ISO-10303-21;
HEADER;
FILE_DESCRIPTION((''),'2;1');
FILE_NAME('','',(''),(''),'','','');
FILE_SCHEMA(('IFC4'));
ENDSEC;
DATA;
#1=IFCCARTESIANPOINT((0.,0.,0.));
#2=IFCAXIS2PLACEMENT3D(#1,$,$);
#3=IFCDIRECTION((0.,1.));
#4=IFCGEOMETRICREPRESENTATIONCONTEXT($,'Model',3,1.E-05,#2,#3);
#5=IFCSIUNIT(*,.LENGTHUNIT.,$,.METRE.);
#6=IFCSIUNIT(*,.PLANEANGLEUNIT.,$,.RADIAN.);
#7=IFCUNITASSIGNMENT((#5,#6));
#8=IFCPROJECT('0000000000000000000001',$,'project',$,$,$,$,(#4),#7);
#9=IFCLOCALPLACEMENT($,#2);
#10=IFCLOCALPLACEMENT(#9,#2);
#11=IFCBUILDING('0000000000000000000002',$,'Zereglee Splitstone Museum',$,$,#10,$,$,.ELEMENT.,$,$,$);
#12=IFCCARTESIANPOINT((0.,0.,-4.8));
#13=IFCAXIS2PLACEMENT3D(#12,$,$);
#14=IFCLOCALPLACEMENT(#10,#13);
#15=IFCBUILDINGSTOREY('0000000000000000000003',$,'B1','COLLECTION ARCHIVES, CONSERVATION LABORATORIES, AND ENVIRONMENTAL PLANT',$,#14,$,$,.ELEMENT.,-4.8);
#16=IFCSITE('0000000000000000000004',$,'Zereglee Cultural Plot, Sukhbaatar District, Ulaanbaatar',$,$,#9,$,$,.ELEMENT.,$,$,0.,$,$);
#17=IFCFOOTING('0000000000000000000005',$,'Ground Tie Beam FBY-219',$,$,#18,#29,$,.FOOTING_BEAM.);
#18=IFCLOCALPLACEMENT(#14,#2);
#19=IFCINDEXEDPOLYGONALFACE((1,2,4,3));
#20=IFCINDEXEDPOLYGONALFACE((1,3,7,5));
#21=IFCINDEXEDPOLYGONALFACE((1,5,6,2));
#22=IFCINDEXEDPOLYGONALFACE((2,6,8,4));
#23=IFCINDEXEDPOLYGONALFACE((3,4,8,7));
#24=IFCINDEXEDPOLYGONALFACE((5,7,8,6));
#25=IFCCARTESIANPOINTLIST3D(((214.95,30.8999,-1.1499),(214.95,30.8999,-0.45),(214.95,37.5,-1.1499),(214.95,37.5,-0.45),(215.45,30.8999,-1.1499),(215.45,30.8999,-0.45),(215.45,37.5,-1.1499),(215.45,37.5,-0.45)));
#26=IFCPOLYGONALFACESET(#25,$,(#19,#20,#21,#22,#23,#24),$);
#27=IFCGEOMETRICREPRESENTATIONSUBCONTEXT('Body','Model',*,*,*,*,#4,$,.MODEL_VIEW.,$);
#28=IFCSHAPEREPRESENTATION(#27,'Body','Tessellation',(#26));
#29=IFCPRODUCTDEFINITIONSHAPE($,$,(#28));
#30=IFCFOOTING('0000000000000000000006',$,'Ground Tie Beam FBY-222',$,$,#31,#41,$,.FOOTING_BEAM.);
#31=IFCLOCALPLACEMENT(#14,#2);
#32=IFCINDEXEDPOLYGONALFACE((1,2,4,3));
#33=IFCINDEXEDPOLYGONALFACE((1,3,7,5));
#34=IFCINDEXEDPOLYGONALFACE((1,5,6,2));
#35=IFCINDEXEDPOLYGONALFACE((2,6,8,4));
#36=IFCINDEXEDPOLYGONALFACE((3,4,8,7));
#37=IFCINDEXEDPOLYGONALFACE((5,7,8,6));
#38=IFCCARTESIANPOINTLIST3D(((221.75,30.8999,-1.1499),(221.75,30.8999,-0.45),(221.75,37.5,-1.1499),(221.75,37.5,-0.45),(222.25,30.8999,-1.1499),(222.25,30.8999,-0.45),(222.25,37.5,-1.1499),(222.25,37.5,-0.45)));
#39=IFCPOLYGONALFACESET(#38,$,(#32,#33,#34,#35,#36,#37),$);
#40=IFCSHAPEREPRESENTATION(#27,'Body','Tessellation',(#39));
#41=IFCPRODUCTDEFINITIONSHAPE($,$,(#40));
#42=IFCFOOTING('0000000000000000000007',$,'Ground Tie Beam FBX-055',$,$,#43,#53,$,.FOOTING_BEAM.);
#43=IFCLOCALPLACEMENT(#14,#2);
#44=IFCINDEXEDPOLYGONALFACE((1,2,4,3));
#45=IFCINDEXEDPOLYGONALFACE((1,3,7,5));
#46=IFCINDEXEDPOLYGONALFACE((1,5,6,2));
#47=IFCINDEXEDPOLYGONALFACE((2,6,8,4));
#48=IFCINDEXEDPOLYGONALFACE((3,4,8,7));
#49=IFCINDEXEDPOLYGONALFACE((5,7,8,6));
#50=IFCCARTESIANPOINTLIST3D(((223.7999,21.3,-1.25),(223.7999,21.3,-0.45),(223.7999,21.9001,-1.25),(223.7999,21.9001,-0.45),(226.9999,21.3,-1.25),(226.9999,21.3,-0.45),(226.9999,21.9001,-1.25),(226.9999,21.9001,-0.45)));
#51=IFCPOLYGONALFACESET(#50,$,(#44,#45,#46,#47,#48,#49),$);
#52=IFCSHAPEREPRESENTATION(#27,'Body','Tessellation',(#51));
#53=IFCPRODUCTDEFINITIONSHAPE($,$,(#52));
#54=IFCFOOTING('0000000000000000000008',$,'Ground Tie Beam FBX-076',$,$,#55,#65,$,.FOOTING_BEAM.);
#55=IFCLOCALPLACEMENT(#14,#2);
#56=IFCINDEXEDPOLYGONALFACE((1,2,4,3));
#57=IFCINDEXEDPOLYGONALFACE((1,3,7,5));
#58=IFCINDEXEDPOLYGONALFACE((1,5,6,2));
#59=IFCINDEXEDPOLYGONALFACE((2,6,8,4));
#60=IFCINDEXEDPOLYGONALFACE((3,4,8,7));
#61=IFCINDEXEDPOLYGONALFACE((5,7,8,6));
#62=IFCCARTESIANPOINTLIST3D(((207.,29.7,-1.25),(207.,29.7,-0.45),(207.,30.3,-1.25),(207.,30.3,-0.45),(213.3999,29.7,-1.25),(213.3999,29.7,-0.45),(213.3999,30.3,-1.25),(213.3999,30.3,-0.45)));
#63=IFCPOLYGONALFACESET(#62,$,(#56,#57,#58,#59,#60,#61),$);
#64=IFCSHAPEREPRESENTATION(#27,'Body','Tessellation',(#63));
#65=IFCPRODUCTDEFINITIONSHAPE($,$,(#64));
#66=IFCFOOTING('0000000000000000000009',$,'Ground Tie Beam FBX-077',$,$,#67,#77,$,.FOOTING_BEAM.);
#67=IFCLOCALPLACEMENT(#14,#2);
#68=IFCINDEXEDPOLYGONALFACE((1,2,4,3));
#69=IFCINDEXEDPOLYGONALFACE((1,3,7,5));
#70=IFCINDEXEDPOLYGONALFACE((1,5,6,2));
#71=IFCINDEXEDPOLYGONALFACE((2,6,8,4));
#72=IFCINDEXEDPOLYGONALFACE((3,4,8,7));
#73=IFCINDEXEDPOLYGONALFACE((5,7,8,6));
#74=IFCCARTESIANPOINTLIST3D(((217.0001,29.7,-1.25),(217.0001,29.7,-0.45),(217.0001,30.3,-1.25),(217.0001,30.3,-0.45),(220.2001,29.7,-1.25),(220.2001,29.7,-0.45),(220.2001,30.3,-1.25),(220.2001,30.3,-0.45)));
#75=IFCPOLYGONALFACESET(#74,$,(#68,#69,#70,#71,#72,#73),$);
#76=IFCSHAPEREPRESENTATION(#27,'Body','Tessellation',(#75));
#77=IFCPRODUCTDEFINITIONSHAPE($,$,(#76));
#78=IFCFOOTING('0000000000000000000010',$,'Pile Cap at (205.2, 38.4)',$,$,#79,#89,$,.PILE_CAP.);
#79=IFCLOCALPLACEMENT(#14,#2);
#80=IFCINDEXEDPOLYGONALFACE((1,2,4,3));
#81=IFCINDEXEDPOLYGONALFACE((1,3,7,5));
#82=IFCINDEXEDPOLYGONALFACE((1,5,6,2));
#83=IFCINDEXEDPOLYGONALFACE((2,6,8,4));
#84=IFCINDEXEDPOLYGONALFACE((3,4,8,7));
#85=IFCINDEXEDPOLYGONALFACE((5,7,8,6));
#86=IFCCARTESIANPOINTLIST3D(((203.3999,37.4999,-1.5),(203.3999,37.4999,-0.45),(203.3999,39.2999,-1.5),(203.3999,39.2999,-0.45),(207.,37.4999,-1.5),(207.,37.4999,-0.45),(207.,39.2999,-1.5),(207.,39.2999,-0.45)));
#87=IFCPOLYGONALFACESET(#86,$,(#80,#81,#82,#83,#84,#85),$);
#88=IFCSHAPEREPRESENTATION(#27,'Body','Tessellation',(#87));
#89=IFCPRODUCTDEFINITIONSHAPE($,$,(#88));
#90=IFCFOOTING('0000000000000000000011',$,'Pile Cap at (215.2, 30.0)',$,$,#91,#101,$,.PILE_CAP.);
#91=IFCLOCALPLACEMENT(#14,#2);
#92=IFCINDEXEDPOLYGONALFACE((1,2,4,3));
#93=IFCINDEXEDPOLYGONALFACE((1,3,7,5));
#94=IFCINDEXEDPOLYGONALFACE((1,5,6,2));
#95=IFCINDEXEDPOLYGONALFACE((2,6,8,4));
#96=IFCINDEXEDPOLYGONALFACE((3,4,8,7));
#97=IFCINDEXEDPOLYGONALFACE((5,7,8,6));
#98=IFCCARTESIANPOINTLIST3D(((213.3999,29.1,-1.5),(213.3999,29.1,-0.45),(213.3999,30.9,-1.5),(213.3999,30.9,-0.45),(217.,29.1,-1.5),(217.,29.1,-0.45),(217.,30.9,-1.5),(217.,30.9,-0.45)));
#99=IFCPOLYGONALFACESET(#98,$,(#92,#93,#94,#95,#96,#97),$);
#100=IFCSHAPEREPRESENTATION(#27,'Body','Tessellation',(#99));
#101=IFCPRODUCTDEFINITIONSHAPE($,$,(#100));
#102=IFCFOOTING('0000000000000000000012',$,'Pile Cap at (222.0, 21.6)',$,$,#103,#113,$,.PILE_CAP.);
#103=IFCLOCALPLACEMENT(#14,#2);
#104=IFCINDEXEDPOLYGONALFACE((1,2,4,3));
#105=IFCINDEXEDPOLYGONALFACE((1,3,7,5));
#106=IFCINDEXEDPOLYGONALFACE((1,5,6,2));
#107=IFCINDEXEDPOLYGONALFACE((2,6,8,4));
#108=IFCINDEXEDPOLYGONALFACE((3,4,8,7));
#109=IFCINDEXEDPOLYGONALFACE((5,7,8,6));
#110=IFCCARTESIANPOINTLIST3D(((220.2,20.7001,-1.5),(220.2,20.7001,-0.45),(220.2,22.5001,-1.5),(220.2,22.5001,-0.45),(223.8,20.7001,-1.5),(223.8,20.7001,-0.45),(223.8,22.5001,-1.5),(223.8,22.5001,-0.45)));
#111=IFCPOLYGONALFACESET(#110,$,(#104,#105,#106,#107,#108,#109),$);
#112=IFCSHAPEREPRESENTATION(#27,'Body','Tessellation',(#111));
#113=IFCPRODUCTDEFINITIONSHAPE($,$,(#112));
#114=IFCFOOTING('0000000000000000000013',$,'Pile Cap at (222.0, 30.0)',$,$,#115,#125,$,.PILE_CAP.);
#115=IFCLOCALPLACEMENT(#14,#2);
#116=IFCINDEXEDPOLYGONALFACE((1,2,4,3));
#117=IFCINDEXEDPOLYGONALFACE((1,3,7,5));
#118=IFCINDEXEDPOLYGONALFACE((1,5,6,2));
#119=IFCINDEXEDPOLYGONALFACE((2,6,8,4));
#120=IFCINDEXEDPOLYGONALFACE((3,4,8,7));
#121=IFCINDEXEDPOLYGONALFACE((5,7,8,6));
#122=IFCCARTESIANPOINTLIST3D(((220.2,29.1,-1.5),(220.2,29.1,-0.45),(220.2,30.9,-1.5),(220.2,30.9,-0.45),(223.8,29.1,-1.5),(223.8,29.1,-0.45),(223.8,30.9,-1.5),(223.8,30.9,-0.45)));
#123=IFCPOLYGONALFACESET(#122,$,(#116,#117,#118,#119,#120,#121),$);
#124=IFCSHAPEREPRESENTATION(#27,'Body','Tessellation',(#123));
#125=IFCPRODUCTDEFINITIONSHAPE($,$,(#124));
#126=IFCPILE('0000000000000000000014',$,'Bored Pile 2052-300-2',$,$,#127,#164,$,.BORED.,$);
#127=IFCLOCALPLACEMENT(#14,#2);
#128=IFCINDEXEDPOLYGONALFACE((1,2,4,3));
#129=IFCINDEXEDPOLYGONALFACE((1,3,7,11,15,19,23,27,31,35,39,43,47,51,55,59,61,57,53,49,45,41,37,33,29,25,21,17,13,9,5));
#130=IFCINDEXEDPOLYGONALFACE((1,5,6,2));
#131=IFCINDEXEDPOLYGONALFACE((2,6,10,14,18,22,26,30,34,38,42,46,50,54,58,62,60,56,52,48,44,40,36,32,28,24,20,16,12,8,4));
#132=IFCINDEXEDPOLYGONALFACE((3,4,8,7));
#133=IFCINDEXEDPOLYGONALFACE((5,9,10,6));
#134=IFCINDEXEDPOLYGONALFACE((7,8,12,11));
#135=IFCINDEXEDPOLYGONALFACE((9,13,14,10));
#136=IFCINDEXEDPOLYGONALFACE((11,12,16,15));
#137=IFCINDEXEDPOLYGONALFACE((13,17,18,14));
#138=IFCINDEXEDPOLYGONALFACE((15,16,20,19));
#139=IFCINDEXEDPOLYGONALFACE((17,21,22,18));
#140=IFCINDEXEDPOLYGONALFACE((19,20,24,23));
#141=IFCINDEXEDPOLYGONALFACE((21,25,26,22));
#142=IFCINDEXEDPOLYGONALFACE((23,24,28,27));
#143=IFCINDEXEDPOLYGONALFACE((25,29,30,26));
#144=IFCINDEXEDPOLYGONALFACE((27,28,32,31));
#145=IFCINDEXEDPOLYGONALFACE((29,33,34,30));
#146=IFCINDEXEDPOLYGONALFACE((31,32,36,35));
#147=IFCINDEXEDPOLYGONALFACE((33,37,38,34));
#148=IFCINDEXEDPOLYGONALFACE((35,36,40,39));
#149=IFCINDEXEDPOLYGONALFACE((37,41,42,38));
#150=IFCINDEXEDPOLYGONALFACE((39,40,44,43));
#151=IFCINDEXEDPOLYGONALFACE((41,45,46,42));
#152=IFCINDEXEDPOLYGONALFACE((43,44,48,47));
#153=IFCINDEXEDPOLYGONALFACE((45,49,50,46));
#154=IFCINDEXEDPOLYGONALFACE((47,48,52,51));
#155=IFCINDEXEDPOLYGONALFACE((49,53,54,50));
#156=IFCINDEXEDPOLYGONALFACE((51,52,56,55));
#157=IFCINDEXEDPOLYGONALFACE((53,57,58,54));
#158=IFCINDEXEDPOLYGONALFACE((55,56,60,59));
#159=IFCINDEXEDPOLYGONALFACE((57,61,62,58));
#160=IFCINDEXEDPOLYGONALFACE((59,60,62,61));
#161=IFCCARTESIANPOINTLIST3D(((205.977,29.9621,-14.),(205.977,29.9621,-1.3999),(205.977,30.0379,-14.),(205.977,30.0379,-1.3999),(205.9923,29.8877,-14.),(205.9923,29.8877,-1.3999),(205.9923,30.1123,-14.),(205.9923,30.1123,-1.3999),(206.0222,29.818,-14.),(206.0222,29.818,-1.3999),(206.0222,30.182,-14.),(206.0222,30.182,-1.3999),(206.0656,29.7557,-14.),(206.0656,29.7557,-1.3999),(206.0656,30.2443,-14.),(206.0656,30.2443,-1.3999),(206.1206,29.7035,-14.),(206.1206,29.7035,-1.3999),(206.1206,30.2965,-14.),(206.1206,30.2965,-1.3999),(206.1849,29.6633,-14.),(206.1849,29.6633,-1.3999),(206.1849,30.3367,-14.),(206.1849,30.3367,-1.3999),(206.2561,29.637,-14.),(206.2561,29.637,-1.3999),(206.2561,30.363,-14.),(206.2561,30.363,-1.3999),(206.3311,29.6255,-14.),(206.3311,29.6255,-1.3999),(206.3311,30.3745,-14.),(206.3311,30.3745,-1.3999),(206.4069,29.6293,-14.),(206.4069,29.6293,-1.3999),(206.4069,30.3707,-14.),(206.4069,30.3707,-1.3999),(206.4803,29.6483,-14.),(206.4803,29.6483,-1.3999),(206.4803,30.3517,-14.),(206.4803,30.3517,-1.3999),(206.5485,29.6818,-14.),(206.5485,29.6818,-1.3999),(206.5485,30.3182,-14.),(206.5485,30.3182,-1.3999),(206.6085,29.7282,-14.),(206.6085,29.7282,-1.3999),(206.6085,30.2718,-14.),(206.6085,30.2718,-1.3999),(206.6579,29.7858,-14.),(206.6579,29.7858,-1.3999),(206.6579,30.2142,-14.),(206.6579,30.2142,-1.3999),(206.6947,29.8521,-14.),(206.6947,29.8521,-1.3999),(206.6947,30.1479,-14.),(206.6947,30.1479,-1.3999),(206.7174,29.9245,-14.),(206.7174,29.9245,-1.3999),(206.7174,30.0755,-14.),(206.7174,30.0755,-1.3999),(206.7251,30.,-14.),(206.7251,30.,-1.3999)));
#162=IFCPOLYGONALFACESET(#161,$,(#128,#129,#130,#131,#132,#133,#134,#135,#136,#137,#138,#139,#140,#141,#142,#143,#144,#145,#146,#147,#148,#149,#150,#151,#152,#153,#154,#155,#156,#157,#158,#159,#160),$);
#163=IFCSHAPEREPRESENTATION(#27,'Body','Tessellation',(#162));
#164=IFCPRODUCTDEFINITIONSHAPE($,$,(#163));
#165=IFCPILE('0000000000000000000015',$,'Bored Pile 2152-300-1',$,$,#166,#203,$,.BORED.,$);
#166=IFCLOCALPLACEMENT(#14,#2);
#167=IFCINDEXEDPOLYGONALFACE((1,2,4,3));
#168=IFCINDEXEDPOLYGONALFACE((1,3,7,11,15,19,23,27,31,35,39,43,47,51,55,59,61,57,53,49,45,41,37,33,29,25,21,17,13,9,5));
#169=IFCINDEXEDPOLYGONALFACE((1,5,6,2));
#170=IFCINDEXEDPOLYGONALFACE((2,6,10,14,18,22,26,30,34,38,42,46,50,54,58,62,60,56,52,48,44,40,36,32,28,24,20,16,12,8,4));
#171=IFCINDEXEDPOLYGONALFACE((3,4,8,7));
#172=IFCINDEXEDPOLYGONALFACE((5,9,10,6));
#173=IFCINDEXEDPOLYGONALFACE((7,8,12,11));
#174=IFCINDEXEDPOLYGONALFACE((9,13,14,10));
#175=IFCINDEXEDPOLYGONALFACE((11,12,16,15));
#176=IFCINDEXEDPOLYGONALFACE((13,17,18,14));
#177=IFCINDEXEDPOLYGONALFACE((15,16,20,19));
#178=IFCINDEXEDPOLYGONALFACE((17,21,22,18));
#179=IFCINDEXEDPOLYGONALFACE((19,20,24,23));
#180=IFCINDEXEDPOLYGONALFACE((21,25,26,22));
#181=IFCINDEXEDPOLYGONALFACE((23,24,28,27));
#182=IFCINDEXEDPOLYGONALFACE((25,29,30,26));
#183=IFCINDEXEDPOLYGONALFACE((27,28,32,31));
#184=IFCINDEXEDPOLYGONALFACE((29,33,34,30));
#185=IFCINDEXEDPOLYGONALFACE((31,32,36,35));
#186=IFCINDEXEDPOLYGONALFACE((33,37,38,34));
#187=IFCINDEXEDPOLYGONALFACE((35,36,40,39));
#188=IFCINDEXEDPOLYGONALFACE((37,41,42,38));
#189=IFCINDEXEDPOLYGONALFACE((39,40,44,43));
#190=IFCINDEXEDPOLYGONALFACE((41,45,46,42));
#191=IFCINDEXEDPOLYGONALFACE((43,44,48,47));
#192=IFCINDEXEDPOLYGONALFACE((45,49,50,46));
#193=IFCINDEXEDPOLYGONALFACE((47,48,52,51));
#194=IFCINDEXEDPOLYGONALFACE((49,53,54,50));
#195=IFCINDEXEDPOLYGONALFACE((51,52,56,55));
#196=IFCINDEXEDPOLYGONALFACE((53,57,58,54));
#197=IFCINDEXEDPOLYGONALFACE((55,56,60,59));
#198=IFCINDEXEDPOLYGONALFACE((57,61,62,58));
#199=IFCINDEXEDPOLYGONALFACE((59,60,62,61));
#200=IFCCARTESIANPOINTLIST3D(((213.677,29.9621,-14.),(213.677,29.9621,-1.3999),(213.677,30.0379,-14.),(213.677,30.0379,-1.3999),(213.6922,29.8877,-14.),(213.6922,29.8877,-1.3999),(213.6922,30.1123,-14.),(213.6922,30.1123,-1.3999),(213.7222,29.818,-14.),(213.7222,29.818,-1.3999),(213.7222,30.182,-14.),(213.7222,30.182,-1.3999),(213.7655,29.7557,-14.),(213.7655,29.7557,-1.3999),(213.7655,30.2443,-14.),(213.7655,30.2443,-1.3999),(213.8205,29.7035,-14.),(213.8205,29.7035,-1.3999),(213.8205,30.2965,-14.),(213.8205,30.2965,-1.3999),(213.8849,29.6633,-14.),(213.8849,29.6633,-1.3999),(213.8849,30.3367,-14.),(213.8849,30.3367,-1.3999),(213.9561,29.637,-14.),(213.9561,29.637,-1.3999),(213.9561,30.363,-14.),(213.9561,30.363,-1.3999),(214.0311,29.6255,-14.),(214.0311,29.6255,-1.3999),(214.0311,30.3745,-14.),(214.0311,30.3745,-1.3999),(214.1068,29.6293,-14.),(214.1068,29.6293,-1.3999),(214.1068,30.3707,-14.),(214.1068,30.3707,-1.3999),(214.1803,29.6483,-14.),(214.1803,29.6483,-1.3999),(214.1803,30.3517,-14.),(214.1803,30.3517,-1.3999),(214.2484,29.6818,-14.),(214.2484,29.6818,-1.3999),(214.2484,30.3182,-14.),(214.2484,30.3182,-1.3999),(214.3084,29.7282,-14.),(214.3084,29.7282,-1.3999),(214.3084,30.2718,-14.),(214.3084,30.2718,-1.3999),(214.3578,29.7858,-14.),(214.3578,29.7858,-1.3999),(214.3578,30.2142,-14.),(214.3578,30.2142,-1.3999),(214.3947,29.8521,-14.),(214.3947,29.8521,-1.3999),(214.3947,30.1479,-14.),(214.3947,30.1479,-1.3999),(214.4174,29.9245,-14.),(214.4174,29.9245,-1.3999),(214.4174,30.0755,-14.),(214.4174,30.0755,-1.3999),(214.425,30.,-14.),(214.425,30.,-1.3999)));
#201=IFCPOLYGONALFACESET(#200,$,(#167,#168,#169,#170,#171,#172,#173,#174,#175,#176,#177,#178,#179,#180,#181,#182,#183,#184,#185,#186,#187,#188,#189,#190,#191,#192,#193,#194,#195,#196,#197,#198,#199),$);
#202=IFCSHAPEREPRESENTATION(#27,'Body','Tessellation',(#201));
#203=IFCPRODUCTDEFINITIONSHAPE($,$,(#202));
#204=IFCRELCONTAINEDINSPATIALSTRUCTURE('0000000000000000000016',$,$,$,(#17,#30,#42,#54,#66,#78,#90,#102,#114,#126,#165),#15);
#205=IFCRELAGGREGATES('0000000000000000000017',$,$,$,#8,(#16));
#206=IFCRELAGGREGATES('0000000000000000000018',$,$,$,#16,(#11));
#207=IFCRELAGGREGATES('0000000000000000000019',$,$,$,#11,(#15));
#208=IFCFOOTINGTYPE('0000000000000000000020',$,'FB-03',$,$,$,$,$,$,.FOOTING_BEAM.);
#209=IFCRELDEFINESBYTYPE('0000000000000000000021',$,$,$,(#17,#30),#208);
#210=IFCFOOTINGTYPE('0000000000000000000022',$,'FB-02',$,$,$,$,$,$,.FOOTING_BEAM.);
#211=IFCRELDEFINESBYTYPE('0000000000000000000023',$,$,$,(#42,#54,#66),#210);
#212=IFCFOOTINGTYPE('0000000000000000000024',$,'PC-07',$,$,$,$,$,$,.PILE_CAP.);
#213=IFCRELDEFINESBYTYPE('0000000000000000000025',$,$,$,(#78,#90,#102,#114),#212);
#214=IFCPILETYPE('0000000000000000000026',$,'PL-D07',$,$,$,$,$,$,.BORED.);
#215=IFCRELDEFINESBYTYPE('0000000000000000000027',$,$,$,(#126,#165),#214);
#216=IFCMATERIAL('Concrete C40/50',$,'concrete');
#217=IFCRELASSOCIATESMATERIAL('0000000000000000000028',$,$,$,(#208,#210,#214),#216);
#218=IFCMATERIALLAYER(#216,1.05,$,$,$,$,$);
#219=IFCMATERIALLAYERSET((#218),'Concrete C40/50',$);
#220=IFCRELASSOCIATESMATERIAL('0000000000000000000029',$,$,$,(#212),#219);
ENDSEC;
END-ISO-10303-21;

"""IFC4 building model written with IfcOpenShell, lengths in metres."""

from ifc_helpers import new_model, si_unit, direction, frame, origin, origin_2d, place, context, subcontext, project, spatial, rectangle, circle, extrude, material, layer, layer_set, material_profile, profile_set, type_object, element, save


model = new_model("IFC4")

# Units and contexts
model_context = context("Model", 3, precision=1e-05, world=origin(), true_north=direction((0.0, 1.0)))
body_context = subcontext(model_context, "Body", "Model", "MODEL_VIEW")
ifc_project = project(units=[si_unit("LENGTHUNIT", "METRE"), si_unit("PLANEANGLEUNIT", "RADIAN")], contexts=[model_context])

# Site, building, storey
site_placement = place(None, origin())
site = spatial("IfcSite", under=ifc_project, at=site_placement, Name="Zereglee Cultural Plot, Sukhbaatar District, Ulaanbaatar", CompositionType="ELEMENT", RefElevation=0.0)
building_placement = place(site_placement, origin())
building = spatial("IfcBuilding", under=site, at=building_placement, Name="Zereglee Splitstone Museum", CompositionType="ELEMENT")
storey_placement = place(building_placement, frame((0.0, 0.0, -4.8)))
storey = spatial("IfcBuildingStorey", under=building, at=storey_placement, Name="B1", Description="COLLECTION ARCHIVES, CONSERVATION LABORATORIES, AND ENVIRONMENTAL PLANT", CompositionType="ELEMENT", Elevation=-4.8)

# Footings
ifc_material_1 = material(Name="Concrete C40/50", Category="concrete")
footing_type_1 = type_object("IfcFootingType", Name="FB-03", PredefinedType="FOOTING_BEAM", material=ifc_material_1)
for number, where, z_axis, x_axis, name in (
    (1, (215.2, 34.2, -1.1499), (0.0, 0.0, 1.0), (0.0, 1.0, 0.0), "Ground Tie Beam FBY-219"),
    (2, (222.0, 34.2, -1.1499), (0.0, 0.0, 1.0), (0.0, 1.0, 0.0), "Ground Tie Beam FBY-222"),
):
    element("IfcFooting", number, at=place(storey_placement, frame(where, z_axis=z_axis, x_axis=x_axis)), inside=storey, type_object=footing_type_1, Name=name, PredefinedType="FOOTING_BEAM", context=body_context, shape_type="SweptSolid", body=[
        extrude(rectangle(XDim=6.6001, YDim=0.5, at=origin_2d()), origin(), (0.0, 0.0, 1.0), 0.7),
    ])
footing_type_2 = type_object("IfcFootingType", Name="FB-02", PredefinedType="FOOTING_BEAM", material=ifc_material_1)
footing_1_placement = place(storey_placement, frame((225.3999, 21.6001, -1.25), z_axis=(0.0, 0.0, 1.0), x_axis=(1.0, 0.0, 0.0)))
element("IfcFooting", 3, at=footing_1_placement, inside=storey, type_object=footing_type_2, Name="Ground Tie Beam FBX-055", PredefinedType="FOOTING_BEAM", context=body_context, shape_type="SweptSolid", body=[
    extrude(rectangle(XDim=3.2, YDim=0.6001, at=origin_2d()), origin(), (0.0, 0.0, 1.0), 0.8),
])
footing_2_placement = place(storey_placement, frame((210.2, 30.0, -1.25), z_axis=(0.0, 0.0, 1.0), x_axis=(1.0, 0.0, 0.0)))
element("IfcFooting", 4, at=footing_2_placement, inside=storey, type_object=footing_type_2, Name="Ground Tie Beam FBX-076", PredefinedType="FOOTING_BEAM", context=body_context, shape_type="SweptSolid", body=[
    extrude(rectangle(XDim=6.3999, YDim=0.6001, at=origin_2d()), origin(), (0.0, 0.0, 1.0), 0.8),
])
footing_3_placement = place(storey_placement, frame((218.6001, 30.0, -1.25), z_axis=(0.0, 0.0, 1.0), x_axis=(1.0, 0.0, 0.0)))
element("IfcFooting", 5, at=footing_3_placement, inside=storey, type_object=footing_type_2, Name="Ground Tie Beam FBX-077", PredefinedType="FOOTING_BEAM", context=body_context, shape_type="SweptSolid", body=[
    extrude(rectangle(XDim=3.2, YDim=0.6001, at=origin_2d()), origin(), (0.0, 0.0, 1.0), 0.8),
])
ifc_layer_1 = layer(ifc_material_1, 1.05)
ifc_layer_set_1 = layer_set([ifc_layer_1], Name="Concrete C40/50")
footing_type_3 = type_object("IfcFootingType", Name="PC-07", PredefinedType="PILE_CAP", material=ifc_layer_set_1)
for number, where, z_axis, x_axis, name in (
    (6, (205.2, 38.3999, -1.5), (0.0, 0.0, 1.0), (1.0, 0.0, 0.0), "Pile Cap at (205.2, 38.4)"),
    (7, (215.2, 30.0, -1.5), (0.0, 0.0, 1.0), (1.0, 0.0, 0.0), "Pile Cap at (215.2, 30.0)"),
    (8, (222.0, 21.6001, -1.5), (0.0, 0.0, 1.0), (1.0, 0.0, 0.0), "Pile Cap at (222.0, 21.6)"),
    (9, (222.0, 30.0, -1.5), (0.0, 0.0, 1.0), (1.0, 0.0, 0.0), "Pile Cap at (222.0, 30.0)"),
):
    element("IfcFooting", number, at=place(storey_placement, frame(where, z_axis=z_axis, x_axis=x_axis)), inside=storey, type_object=footing_type_3, Name=name, PredefinedType="PILE_CAP", context=body_context, shape_type="SweptSolid", body=[
        extrude(rectangle(XDim=3.6001, YDim=1.8, at=origin_2d()), origin(), (0.0, 0.0, 1.0), 1.05),
    ])

# Piles
ifc_material_profile_1 = material_profile(ifc_material_1, circle(Radius=0.375, at=origin_2d()), Name="PILE D750")
ifc_profile_set_1 = profile_set([ifc_material_profile_1], Name="Concrete C40/50")
pile_type = type_object("IfcPileType", Name="PL-D07", PredefinedType="BORED", material=ifc_profile_set_1)
for number, where, z_axis, x_axis, name in (
    (10, (206.3501, 30.0, -1.3999), (0.0, 0.0, -1.0), (1.0, 0.0, 0.0), "Bored Pile 2052-300-2"),
    (11, (214.05, 30.0, -1.3999), (0.0, 0.0, -1.0), (1.0, 0.0, 0.0), "Bored Pile 2152-300-1"),
):
    element("IfcPile", number, at=place(storey_placement, frame(where, z_axis=z_axis, x_axis=x_axis)), inside=storey, type_object=pile_type, Name=name, PredefinedType="BORED", context=body_context, shape_type="SweptSolid", body=[
        extrude(circle(Radius=0.375, at=origin_2d()), origin(), (0.0, 0.0, 1.0), 12.6001),
    ])

save(model, "model.ifc")
